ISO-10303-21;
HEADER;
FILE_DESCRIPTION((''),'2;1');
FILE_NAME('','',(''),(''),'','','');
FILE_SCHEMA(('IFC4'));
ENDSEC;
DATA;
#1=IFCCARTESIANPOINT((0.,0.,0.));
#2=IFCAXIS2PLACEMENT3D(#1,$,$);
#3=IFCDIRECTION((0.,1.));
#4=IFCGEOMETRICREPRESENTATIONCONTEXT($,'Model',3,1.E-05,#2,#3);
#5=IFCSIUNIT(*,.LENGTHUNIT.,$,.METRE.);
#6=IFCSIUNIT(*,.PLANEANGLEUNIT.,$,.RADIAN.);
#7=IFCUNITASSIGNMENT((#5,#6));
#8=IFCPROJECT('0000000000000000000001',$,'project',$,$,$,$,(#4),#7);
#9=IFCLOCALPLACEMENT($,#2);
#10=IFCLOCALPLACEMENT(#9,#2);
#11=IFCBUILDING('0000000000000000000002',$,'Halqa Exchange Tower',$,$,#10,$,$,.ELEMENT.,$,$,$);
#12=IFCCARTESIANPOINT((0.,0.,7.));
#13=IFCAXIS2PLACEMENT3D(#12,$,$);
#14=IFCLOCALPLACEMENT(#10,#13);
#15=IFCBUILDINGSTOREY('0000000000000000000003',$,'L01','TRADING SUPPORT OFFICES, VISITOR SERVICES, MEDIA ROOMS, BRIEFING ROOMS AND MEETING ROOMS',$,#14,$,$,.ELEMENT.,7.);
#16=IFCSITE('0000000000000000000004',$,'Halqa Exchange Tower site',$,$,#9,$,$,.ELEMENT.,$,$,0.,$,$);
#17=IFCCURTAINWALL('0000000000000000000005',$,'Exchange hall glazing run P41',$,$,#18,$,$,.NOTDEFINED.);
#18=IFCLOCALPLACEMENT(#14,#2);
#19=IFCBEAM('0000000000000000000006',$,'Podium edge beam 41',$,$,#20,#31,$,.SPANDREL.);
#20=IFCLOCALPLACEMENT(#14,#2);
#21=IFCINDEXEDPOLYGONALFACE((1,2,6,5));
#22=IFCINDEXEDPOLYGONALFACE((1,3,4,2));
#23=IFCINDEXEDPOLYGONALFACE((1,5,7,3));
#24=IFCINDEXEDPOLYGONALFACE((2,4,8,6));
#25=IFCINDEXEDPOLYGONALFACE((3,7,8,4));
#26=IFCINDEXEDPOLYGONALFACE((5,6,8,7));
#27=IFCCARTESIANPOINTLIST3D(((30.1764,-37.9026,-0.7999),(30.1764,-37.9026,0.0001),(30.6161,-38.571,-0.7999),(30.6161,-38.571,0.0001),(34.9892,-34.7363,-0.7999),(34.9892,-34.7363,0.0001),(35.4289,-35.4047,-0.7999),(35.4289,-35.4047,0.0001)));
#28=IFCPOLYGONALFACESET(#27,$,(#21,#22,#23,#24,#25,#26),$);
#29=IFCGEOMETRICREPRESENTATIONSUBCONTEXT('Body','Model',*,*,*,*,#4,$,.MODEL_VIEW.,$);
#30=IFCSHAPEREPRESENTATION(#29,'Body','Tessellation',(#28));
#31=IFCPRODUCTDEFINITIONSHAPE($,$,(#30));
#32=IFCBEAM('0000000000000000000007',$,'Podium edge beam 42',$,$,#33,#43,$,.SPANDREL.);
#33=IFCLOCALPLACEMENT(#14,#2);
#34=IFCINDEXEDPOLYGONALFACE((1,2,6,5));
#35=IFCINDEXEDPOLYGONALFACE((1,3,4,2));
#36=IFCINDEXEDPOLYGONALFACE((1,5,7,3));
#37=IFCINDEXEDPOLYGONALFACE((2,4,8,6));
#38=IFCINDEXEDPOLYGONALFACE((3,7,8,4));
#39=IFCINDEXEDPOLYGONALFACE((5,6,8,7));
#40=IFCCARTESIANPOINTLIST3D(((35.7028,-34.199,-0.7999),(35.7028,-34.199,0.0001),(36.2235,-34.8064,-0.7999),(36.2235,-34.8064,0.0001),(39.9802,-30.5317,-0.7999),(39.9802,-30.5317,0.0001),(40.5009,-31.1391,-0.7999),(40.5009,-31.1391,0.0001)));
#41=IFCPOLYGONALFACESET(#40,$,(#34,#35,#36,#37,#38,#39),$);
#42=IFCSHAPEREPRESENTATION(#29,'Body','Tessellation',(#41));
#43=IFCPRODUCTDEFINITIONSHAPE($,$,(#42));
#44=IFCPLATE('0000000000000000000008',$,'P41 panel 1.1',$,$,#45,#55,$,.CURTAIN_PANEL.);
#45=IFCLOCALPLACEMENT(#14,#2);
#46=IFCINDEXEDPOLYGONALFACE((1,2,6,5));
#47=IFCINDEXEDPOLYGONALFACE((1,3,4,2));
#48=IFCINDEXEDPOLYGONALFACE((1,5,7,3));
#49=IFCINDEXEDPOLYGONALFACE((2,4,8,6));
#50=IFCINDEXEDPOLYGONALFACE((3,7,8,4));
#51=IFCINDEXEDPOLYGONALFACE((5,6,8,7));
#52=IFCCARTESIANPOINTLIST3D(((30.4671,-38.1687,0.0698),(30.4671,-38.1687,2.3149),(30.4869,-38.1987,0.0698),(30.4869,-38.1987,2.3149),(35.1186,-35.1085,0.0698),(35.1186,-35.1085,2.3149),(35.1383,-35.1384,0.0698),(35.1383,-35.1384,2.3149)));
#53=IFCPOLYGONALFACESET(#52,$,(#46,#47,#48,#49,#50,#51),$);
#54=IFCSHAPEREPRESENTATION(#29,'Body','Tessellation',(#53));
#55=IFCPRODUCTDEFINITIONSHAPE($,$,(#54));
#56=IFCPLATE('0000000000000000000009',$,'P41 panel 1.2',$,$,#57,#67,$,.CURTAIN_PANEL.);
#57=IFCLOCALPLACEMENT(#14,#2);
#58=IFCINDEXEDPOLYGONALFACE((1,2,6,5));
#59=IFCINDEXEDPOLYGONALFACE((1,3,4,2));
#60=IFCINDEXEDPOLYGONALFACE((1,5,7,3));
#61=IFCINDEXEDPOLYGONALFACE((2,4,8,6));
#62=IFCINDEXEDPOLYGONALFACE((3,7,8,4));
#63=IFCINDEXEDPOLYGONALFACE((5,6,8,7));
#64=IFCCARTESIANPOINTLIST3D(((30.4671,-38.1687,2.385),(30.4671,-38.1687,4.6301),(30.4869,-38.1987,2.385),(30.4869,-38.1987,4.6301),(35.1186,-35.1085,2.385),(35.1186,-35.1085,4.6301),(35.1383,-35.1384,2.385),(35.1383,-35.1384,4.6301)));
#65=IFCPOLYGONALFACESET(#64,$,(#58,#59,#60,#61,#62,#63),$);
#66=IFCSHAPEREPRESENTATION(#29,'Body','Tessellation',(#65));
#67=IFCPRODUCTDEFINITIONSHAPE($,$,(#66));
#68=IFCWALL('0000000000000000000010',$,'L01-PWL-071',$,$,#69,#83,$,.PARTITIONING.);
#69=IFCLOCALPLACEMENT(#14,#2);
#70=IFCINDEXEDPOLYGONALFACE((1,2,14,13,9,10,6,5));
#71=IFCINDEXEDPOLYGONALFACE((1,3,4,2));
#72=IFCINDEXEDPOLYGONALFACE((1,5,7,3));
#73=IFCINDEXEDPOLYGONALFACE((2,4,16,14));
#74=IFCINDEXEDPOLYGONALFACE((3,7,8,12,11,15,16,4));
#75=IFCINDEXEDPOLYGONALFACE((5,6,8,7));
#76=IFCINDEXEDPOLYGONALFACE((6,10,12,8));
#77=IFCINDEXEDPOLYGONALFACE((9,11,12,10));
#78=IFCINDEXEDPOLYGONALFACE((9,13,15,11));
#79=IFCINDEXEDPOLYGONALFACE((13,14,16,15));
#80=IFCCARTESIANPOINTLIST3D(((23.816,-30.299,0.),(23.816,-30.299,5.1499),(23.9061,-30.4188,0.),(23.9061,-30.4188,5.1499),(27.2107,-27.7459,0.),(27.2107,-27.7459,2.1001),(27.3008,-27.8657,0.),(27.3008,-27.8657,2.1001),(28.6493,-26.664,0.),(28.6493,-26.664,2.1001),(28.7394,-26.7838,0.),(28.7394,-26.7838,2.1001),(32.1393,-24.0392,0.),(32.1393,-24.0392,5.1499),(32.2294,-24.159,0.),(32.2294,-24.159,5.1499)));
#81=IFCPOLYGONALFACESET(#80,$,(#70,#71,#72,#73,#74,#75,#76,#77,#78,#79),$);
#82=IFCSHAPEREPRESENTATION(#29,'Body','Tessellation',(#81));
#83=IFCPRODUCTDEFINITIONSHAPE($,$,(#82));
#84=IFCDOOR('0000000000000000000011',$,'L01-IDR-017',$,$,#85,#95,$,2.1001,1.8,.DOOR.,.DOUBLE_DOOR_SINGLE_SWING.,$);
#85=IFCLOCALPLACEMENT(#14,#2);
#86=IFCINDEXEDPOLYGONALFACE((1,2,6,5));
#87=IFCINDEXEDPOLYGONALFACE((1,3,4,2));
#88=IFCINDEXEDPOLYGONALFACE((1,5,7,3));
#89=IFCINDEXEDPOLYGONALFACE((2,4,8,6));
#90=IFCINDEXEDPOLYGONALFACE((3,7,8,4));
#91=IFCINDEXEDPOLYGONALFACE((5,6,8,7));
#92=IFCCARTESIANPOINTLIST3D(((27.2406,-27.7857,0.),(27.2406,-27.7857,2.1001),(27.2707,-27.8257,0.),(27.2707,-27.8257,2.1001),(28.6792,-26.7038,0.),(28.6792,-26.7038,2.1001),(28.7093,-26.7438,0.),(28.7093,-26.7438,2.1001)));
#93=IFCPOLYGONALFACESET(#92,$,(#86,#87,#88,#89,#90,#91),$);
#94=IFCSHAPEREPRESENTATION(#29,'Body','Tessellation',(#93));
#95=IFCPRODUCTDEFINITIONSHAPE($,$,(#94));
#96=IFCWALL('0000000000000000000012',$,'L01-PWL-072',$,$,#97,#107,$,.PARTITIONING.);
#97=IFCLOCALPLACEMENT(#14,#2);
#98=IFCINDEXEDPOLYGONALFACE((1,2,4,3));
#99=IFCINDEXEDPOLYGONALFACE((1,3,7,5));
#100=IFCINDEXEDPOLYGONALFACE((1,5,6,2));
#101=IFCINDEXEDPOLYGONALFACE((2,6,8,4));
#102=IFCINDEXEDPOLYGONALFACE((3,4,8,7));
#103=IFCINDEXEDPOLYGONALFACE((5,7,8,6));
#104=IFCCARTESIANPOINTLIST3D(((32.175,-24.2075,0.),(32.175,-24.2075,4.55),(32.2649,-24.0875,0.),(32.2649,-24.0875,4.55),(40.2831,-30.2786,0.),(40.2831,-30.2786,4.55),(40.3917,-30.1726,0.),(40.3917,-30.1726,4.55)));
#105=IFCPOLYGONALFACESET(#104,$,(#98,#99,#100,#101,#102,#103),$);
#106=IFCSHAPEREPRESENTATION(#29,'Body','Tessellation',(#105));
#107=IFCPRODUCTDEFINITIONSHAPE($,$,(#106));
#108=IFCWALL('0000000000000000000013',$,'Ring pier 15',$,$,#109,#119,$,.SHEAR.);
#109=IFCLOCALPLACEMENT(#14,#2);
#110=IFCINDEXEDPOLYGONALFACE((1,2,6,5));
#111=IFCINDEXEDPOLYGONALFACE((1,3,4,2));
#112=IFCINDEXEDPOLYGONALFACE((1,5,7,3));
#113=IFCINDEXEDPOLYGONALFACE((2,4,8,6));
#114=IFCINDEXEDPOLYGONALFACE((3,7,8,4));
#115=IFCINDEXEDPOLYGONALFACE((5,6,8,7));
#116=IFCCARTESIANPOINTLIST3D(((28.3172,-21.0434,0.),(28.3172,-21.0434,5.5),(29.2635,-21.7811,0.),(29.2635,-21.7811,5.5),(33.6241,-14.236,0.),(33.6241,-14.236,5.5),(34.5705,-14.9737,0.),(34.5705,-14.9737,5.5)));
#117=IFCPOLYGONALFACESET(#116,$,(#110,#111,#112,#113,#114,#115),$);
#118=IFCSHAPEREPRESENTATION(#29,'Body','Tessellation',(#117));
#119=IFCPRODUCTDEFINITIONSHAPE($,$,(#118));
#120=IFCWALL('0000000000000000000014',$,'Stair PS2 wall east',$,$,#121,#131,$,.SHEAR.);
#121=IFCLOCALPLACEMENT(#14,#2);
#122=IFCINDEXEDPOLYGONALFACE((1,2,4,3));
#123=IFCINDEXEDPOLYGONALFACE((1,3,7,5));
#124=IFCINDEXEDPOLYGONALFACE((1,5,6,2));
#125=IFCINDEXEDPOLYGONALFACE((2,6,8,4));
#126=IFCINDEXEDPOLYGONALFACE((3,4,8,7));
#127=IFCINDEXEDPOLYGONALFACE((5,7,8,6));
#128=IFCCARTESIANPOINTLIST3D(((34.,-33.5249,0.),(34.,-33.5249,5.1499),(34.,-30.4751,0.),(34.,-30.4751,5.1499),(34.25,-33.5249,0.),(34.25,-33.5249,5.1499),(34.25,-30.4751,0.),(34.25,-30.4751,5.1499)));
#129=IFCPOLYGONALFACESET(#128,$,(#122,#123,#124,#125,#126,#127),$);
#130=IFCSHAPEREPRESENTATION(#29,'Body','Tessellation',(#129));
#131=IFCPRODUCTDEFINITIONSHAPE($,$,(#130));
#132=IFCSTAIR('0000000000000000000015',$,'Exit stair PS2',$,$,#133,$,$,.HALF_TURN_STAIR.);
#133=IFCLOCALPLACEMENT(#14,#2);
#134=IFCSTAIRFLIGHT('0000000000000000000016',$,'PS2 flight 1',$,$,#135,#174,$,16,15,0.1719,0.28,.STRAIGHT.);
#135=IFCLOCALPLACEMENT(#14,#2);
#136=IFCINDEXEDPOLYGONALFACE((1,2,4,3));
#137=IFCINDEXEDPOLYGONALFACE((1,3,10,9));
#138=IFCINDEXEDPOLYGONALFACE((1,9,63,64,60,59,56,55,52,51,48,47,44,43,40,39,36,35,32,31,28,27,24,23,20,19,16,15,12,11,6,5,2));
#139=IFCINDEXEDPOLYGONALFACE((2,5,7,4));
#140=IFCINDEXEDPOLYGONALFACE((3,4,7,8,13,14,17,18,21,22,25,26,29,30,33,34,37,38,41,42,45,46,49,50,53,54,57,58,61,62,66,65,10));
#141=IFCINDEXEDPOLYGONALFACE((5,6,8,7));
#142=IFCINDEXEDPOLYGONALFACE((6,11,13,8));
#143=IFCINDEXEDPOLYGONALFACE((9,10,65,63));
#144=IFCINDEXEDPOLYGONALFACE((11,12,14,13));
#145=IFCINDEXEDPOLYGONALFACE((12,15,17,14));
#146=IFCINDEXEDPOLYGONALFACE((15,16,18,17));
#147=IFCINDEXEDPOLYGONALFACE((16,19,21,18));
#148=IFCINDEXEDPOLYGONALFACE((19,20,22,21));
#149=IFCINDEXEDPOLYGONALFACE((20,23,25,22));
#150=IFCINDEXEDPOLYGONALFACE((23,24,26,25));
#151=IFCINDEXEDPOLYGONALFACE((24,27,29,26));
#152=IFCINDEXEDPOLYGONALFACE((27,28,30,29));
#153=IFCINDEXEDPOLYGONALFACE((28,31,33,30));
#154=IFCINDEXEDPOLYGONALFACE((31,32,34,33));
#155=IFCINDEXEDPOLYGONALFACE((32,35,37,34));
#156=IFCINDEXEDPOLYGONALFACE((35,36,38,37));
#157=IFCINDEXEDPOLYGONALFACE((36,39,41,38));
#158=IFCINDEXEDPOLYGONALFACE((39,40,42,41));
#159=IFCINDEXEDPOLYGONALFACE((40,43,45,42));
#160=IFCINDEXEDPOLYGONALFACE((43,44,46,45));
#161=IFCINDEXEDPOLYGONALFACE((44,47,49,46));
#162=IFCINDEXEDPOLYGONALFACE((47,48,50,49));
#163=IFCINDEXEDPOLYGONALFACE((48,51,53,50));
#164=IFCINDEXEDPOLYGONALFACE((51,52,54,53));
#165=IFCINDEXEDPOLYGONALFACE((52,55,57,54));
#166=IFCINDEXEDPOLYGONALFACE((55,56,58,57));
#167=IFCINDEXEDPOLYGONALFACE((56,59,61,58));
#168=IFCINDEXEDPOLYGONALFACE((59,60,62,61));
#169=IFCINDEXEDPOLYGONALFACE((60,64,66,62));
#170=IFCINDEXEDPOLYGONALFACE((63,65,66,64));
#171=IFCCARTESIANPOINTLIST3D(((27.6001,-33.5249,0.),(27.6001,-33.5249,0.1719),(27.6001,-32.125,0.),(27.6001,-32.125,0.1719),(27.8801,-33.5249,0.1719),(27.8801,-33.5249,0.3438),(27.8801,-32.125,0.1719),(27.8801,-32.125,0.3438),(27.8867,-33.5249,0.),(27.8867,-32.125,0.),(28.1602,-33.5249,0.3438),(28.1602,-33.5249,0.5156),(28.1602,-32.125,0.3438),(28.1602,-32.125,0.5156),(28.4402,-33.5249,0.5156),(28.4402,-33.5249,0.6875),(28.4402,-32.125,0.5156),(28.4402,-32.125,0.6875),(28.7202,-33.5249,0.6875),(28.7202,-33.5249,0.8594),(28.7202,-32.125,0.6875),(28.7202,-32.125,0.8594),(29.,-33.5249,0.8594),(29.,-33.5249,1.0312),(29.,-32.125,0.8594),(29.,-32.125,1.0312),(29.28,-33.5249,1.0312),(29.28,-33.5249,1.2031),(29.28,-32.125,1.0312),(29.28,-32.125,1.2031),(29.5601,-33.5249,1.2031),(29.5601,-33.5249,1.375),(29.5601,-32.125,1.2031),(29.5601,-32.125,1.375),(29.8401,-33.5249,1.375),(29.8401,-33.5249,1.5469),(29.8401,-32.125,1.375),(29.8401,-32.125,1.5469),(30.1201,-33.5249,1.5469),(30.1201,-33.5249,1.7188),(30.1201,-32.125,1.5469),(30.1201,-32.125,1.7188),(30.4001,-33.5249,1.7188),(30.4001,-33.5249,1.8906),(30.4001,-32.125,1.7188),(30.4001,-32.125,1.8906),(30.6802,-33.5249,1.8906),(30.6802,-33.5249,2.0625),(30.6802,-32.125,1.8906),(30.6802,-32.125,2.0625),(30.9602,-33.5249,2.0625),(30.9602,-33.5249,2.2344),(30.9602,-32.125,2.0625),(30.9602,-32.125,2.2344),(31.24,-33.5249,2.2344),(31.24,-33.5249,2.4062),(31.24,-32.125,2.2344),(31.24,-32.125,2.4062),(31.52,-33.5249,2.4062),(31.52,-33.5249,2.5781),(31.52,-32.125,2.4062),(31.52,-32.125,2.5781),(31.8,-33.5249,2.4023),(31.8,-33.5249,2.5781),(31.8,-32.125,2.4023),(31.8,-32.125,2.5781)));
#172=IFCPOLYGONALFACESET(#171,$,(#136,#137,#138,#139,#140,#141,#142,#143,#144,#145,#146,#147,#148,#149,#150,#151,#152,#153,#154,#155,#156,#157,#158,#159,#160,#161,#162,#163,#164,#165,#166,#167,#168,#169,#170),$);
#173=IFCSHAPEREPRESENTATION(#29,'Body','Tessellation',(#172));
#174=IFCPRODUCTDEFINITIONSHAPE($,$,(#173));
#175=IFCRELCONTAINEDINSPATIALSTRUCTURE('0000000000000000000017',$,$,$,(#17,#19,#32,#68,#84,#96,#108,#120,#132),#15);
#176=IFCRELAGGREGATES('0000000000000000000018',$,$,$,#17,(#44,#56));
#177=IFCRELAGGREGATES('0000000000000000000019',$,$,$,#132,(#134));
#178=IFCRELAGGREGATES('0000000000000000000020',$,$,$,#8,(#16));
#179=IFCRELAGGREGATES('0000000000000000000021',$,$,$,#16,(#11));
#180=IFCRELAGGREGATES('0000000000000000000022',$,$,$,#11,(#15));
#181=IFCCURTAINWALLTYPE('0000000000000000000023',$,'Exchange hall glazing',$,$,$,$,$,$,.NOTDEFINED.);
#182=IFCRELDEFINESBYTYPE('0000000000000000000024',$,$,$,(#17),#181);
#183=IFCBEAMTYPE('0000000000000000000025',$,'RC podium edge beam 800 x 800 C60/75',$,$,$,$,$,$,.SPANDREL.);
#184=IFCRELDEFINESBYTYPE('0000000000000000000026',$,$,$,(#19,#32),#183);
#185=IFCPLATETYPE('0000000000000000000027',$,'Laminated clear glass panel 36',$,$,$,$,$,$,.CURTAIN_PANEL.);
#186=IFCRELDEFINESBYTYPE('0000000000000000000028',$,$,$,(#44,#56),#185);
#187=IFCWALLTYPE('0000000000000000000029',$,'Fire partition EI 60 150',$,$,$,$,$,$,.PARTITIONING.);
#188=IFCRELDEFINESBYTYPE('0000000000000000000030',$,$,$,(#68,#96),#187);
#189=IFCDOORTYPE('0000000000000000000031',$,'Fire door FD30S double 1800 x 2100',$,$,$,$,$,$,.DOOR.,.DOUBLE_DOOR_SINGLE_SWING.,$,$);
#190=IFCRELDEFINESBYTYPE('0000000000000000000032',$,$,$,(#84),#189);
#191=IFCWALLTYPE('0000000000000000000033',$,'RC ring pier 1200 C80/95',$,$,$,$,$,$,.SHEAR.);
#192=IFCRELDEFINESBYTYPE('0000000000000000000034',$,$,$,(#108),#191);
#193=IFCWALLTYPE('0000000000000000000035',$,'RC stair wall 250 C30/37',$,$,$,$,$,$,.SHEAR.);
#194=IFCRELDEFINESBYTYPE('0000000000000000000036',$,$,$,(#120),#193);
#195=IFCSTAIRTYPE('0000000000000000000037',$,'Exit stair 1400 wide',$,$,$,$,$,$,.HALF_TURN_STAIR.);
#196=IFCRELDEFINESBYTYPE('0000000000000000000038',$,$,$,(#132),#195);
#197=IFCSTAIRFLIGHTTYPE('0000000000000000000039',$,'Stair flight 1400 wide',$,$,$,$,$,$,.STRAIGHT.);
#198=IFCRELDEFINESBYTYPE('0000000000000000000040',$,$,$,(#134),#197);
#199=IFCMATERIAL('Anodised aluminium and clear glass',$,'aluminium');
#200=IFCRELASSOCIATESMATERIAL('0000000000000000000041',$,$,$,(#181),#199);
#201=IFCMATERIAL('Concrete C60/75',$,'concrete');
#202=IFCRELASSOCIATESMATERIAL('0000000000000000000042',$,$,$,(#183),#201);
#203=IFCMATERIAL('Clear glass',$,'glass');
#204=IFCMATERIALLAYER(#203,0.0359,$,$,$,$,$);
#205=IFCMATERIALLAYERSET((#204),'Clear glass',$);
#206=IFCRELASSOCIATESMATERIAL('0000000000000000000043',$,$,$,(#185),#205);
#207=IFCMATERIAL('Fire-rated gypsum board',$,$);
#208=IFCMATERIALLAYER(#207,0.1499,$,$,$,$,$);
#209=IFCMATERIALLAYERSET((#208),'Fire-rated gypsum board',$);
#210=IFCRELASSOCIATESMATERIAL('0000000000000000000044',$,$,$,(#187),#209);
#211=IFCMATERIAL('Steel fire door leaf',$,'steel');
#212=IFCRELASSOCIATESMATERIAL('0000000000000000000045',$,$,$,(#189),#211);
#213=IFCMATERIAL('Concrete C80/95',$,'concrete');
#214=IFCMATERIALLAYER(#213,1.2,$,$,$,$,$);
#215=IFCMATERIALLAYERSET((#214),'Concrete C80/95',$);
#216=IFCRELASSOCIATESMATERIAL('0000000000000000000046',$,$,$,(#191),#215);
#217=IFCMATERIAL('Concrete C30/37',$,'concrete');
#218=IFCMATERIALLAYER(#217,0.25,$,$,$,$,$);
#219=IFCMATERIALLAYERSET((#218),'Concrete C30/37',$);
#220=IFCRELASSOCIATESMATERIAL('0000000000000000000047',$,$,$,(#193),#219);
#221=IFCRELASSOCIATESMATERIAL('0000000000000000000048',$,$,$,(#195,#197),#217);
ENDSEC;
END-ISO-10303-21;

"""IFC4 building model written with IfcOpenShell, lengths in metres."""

from ifc_helpers import new_model, si_unit, direction, frame, frame_2d, origin, origin_2d, place, context, subcontext, project, spatial, polyline, rectangle, outline, extrude, material, layer, layer_set, material_profile, profile_set, type_object, element, fill, aggregate, save


model = new_model("IFC4")

# Units and contexts
model_context = context("Model", 3, precision=1e-05, world=origin(), true_north=direction((0.0, 1.0)))
body_context = subcontext(model_context, "Body", "Model", "MODEL_VIEW")
ifc_project = project(units=[si_unit("LENGTHUNIT", "METRE"), si_unit("PLANEANGLEUNIT", "RADIAN")], contexts=[model_context])

# Site, building, storey
site_placement = place(None, origin())
site = spatial("IfcSite", under=ifc_project, at=site_placement, Name="Halqa Exchange Tower site", CompositionType="ELEMENT", RefElevation=0.0)
building_placement = place(site_placement, origin())
building = spatial("IfcBuilding", under=site, at=building_placement, Name="Halqa Exchange Tower", CompositionType="ELEMENT")
storey_placement = place(building_placement, frame((0.0, 0.0, 7.0)))
storey = spatial("IfcBuildingStorey", under=building, at=storey_placement, Name="L01", Description="TRADING SUPPORT OFFICES, VISITOR SERVICES, MEDIA ROOMS, BRIEFING ROOMS AND MEETING ROOMS", CompositionType="ELEMENT", Elevation=7.0)

# Shared definitions
ifc_material_1 = material(Name="Concrete C60/75", Category="concrete")

# Shared definitions
ifc_material_2 = material(Name="Anodised aluminium and clear glass", Category="aluminium")
curtain_wall_type = type_object("IfcCurtainWallType", Name="Exchange hall glazing", PredefinedType="NOTDEFINED", material=ifc_material_2)

# Curtain wall
curtain_wall_1_placement = place(storey_placement, origin())
curtain_wall_1 = element("IfcCurtainWall", 1, at=curtain_wall_1_placement, inside=storey, type_object=curtain_wall_type, Name="Exchange hall glazing run P41", PredefinedType="NOTDEFINED")

# Beams
ifc_material_profile_1 = material_profile(ifc_material_1, rectangle(XDim=0.8, YDim=0.8, at=origin_2d()), Name="800 x 800")
ifc_profile_set_1 = profile_set([ifc_material_profile_1], Name="Concrete C60/75")
beam_type_1 = type_object("IfcBeamType", Name="RC podium edge beam 800 x 800 C60/75", PredefinedType="SPANDREL", material=ifc_profile_set_1)
beam_1_placement = place(storey_placement, frame((30.3962, -38.2368, -0.3999), z_axis=(0.835419, 0.549614, 0.0), x_axis=(-0.549614, 0.835419, 0.0)))
element("IfcBeam", 2, at=beam_1_placement, inside=storey, type_object=beam_type_1, Name="Podium edge beam 41", PredefinedType="SPANDREL", context=body_context, shape_type="SweptSolid", body=[
    extrude(rectangle(XDim=0.8, YDim=0.8, at=origin_2d()), origin(), (0.0, 0.0, 1.0), 5.761),
])
beam_2_placement = place(storey_placement, frame((35.9631, -34.5027, -0.3999), z_axis=(0.759174, 0.650888, 0.0), x_axis=(-0.650888, 0.759174, 0.0)))
element("IfcBeam", 3, at=beam_2_placement, inside=storey, type_object=beam_type_1, Name="Podium edge beam 42", PredefinedType="SPANDREL", context=body_context, shape_type="SweptSolid", body=[
    extrude(rectangle(XDim=0.8, YDim=0.8, at=origin_2d()), origin(), (0.0, 0.0, 1.0), 5.6343),
])

# Plates
ifc_material_3 = material(Name="Clear glass", Category="glass")
ifc_layer_1 = layer(ifc_material_3, 0.0359)
ifc_layer_set_1 = layer_set([ifc_layer_1], Name="Clear glass")
plate_type = type_object("IfcPlateType", Name="Laminated clear glass panel 36", PredefinedType="CURTAIN_PANEL", material=ifc_layer_set_1)
plate_1_placement = place(storey_placement, frame((32.8027, -36.6536, 0.0698), z_axis=(0.0, 0.0, 1.0), x_axis=(0.835415, 0.54962, 0.0)))
plate_1 = element("IfcPlate", 4, at=plate_1_placement, type_object=plate_type, Name="P41 panel 1.1", PredefinedType="CURTAIN_PANEL", context=body_context, shape_type="SweptSolid", body=[
    extrude(rectangle(XDim=5.5679, YDim=0.0359, at=origin_2d()), origin(), (0.0, 0.0, 1.0), 2.2451),
])
plate_2_placement = place(storey_placement, frame((32.8027, -36.6536, 2.385), z_axis=(0.0, 0.0, 1.0), x_axis=(0.835415, 0.54962, 0.0)))
plate_2 = element("IfcPlate", 5, at=plate_2_placement, type_object=plate_type, Name="P41 panel 1.2", PredefinedType="CURTAIN_PANEL", context=body_context, shape_type="SweptSolid", body=[
    extrude(rectangle(XDim=5.5679, YDim=0.0359, at=origin_2d()), origin(), (0.0, 0.0, 1.0), 2.2451),
])
aggregate(curtain_wall_1, [plate_1, plate_2])

# Wall, opening, door
ifc_material_4 = material(Name="Fire-rated gypsum board")
ifc_layer_2 = layer(ifc_material_4, 0.1499)
ifc_layer_set_2 = layer_set([ifc_layer_2], Name="Fire-rated gypsum board")
wall_type_1 = type_object("IfcWallType", Name="Fire partition EI 60 150", PredefinedType="PARTITIONING", material=ifc_layer_set_2)
wall_1_placement = place(storey_placement, frame((32.1843, -24.0991, 0.0), z_axis=(0.0, 0.0, 1.0), x_axis=(-0.7992, -0.601065, 0.0)))
wall_1 = element("IfcWall", 6, at=wall_1_placement, inside=storey, type_object=wall_type_1, Name="L01-PWL-071", PredefinedType="PARTITIONING", context=body_context, shape_type="SweptSolid", body=[
    extrude(rectangle(XDim=10.4146, YDim=0.1499, at=frame_2d((5.2073, 0.0))), origin(), (0.0, 0.0, 1.0), 5.1499),
])
opening_placement = place(wall_1_placement, frame((4.3669, 0.0, 0.0)))
opening = element("IfcOpeningElement", 7, at=opening_placement, cuts=wall_1, PredefinedType="OPENING", context=body_context, shape_type="SweptSolid", body=[
    extrude(rectangle(XDim=1.8, YDim=2.1001, at=frame_2d((0.8999, 1.05))), frame((0.0, 0.0869, 0.0), z_axis=(0.0, -1.0, 0.0), x_axis=(1.0, 0.0, 0.0)), (0.0, 0.0, 1.0), 0.1738),
])
ifc_material_5 = material(Name="Steel fire door leaf", Category="steel")
door_type = type_object("IfcDoorType", Name="Fire door FD30S double 1800 x 2100", OperationType="DOUBLE_DOOR_SINGLE_SWING", PredefinedType="DOOR", material=ifc_material_5)
door_placement = place(opening_placement, origin())
door = element("IfcDoor", 8, at=door_placement, inside=storey, type_object=door_type, Name="L01-IDR-017", OperationType="DOUBLE_DOOR_SINGLE_SWING", OverallHeight=2.1001, OverallWidth=1.8, PredefinedType="DOOR", context=body_context, shape_type="SweptSolid", body=[
    extrude(rectangle(XDim=1.8, YDim=2.1001, at=frame_2d((0.8999, 1.05))), frame((0.0, 0.0249, 0.0), z_axis=(0.0, -1.0, 0.0), x_axis=(1.0, 0.0, 0.0)), (0.0, 0.0, 1.0), 0.05),
])
fill(opening, door)

# Walls
wall_2_placement = place(storey_placement, frame((32.22, -24.1475, 0.0), z_axis=(0.0, 0.0, 1.0), x_axis=(0.800471, -0.599372, 0.0)))
element("IfcWall", 9, at=wall_2_placement, inside=storey, type_object=wall_type_1, Name="L01-PWL-072", PredefinedType="PARTITIONING", context=body_context, shape_type="SweptSolid", body=[
    extrude(outline(polyline([(0.0, -0.075), (10.1292, -0.075), (10.1526, 0.075), (0.0, 0.075), (0.0, -0.075)])), origin(), (0.0, 0.0, 1.0), 4.55),
])
ifc_material_6 = material(Name="Concrete C80/95", Category="concrete")
ifc_layer_3 = layer(ifc_material_6, 1.2)
ifc_layer_set_3 = layer_set([ifc_layer_3], Name="Concrete C80/95")
wall_type_2 = type_object("IfcWallType", Name="RC ring pier 1200 C80/95", PredefinedType="SHEAR", material=ifc_layer_set_3)
wall_3_placement = place(storey_placement, frame((28.7903, -21.4124, 0.0), z_axis=(0.0, 0.0, 1.0), x_axis=(0.614825, 0.788663, 0.0)))
element("IfcWall", 10, at=wall_3_placement, inside=storey, type_object=wall_type_2, Name="Ring pier 15", PredefinedType="SHEAR", context=body_context, shape_type="SweptSolid", body=[
    extrude(rectangle(XDim=8.6316, YDim=1.2, at=frame_2d((4.3159, 0.0))), origin(), (0.0, 0.0, 1.0), 5.5),
])
ifc_material_7 = material(Name="Concrete C30/37", Category="concrete")
ifc_layer_4 = layer(ifc_material_7, 0.25)
ifc_layer_set_4 = layer_set([ifc_layer_4], Name="Concrete C30/37")
wall_type_3 = type_object("IfcWallType", Name="RC stair wall 250 C30/37", PredefinedType="SHEAR", material=ifc_layer_set_4)
wall_4_placement = place(storey_placement, frame((34.125, -33.5249, 0.0), z_axis=(0.0, 0.0, 1.0), x_axis=(0.0, 1.0, 0.0)))
element("IfcWall", 11, at=wall_4_placement, inside=storey, type_object=wall_type_3, Name="Stair PS2 wall east", PredefinedType="SHEAR", context=body_context, shape_type="SweptSolid", body=[
    extrude(rectangle(XDim=3.0498, YDim=0.25, at=frame_2d((1.5249, 0.0))), origin(), (0.0, 0.0, 1.0), 5.1499),
])

# Stair, stair flight
stair_type = type_object("IfcStairType", Name="Exit stair 1400 wide", PredefinedType="HALF_TURN_STAIR", material=ifc_material_7)
stair_placement = place(storey_placement, origin())
stair = element("IfcStair", 12, at=stair_placement, inside=storey, type_object=stair_type, Name="Exit stair PS2", PredefinedType="HALF_TURN_STAIR")
stair_flight_type = type_object("IfcStairFlightType", Name="Stair flight 1400 wide", PredefinedType="STRAIGHT", material=ifc_material_7)
stair_flight_1_placement = place(storey_placement, frame((27.6001, -32.825, 0.0), z_axis=(0.0, 0.0, 1.0), x_axis=(1.0, 0.0, 0.0)))
stair_flight_1 = element("IfcStairFlight", 13, at=stair_flight_1_placement, type_object=stair_flight_type, Name="PS2 flight 1", NumberOfRisers=16, NumberOfTreads=15, PredefinedType="STRAIGHT", RiserHeight=0.1719, TreadLength=0.28, context=body_context, shape_type="SweptSolid", body=[
    extrude(outline(polyline([(0.0, 0.0), (0.0, 0.1719), (0.28, 0.1719), (0.28, 0.3438), (0.5601, 0.3438), (0.5601, 0.5156), (0.8401, 0.5156), (0.8401, 0.6875), (1.1201, 0.6875), (1.1201, 0.8594), (1.3999, 0.8594), (1.3999, 1.0312), (1.6799, 1.0312), (1.6799, 1.2031), (1.96, 1.2031), (1.96, 1.375), (2.24, 1.375), (2.24, 1.5469), (2.52, 1.5469), (2.52, 1.7188), (2.8, 1.7188), (2.8, 1.8906), (3.0801, 1.8906), (3.0801, 2.0625), (3.3601, 2.0625), (3.3601, 2.2344), (3.6399, 2.2344), (3.6399, 2.4062), (3.9199, 2.4062), (3.9199, 2.5781), (4.2, 2.5781), (4.2, 2.75), (4.2, 2.4023), (0.2866, 0.0), (0.0, 0.0)])), frame((0.0, 0.7, 0.0), z_axis=(0.0, -1.0, 0.0), x_axis=(1.0, 0.0, 0.0)), (0.0, 0.0, 1.0), 1.3999),
])
aggregate(stair, [stair_flight_1])

save(model, "model.ifc")
